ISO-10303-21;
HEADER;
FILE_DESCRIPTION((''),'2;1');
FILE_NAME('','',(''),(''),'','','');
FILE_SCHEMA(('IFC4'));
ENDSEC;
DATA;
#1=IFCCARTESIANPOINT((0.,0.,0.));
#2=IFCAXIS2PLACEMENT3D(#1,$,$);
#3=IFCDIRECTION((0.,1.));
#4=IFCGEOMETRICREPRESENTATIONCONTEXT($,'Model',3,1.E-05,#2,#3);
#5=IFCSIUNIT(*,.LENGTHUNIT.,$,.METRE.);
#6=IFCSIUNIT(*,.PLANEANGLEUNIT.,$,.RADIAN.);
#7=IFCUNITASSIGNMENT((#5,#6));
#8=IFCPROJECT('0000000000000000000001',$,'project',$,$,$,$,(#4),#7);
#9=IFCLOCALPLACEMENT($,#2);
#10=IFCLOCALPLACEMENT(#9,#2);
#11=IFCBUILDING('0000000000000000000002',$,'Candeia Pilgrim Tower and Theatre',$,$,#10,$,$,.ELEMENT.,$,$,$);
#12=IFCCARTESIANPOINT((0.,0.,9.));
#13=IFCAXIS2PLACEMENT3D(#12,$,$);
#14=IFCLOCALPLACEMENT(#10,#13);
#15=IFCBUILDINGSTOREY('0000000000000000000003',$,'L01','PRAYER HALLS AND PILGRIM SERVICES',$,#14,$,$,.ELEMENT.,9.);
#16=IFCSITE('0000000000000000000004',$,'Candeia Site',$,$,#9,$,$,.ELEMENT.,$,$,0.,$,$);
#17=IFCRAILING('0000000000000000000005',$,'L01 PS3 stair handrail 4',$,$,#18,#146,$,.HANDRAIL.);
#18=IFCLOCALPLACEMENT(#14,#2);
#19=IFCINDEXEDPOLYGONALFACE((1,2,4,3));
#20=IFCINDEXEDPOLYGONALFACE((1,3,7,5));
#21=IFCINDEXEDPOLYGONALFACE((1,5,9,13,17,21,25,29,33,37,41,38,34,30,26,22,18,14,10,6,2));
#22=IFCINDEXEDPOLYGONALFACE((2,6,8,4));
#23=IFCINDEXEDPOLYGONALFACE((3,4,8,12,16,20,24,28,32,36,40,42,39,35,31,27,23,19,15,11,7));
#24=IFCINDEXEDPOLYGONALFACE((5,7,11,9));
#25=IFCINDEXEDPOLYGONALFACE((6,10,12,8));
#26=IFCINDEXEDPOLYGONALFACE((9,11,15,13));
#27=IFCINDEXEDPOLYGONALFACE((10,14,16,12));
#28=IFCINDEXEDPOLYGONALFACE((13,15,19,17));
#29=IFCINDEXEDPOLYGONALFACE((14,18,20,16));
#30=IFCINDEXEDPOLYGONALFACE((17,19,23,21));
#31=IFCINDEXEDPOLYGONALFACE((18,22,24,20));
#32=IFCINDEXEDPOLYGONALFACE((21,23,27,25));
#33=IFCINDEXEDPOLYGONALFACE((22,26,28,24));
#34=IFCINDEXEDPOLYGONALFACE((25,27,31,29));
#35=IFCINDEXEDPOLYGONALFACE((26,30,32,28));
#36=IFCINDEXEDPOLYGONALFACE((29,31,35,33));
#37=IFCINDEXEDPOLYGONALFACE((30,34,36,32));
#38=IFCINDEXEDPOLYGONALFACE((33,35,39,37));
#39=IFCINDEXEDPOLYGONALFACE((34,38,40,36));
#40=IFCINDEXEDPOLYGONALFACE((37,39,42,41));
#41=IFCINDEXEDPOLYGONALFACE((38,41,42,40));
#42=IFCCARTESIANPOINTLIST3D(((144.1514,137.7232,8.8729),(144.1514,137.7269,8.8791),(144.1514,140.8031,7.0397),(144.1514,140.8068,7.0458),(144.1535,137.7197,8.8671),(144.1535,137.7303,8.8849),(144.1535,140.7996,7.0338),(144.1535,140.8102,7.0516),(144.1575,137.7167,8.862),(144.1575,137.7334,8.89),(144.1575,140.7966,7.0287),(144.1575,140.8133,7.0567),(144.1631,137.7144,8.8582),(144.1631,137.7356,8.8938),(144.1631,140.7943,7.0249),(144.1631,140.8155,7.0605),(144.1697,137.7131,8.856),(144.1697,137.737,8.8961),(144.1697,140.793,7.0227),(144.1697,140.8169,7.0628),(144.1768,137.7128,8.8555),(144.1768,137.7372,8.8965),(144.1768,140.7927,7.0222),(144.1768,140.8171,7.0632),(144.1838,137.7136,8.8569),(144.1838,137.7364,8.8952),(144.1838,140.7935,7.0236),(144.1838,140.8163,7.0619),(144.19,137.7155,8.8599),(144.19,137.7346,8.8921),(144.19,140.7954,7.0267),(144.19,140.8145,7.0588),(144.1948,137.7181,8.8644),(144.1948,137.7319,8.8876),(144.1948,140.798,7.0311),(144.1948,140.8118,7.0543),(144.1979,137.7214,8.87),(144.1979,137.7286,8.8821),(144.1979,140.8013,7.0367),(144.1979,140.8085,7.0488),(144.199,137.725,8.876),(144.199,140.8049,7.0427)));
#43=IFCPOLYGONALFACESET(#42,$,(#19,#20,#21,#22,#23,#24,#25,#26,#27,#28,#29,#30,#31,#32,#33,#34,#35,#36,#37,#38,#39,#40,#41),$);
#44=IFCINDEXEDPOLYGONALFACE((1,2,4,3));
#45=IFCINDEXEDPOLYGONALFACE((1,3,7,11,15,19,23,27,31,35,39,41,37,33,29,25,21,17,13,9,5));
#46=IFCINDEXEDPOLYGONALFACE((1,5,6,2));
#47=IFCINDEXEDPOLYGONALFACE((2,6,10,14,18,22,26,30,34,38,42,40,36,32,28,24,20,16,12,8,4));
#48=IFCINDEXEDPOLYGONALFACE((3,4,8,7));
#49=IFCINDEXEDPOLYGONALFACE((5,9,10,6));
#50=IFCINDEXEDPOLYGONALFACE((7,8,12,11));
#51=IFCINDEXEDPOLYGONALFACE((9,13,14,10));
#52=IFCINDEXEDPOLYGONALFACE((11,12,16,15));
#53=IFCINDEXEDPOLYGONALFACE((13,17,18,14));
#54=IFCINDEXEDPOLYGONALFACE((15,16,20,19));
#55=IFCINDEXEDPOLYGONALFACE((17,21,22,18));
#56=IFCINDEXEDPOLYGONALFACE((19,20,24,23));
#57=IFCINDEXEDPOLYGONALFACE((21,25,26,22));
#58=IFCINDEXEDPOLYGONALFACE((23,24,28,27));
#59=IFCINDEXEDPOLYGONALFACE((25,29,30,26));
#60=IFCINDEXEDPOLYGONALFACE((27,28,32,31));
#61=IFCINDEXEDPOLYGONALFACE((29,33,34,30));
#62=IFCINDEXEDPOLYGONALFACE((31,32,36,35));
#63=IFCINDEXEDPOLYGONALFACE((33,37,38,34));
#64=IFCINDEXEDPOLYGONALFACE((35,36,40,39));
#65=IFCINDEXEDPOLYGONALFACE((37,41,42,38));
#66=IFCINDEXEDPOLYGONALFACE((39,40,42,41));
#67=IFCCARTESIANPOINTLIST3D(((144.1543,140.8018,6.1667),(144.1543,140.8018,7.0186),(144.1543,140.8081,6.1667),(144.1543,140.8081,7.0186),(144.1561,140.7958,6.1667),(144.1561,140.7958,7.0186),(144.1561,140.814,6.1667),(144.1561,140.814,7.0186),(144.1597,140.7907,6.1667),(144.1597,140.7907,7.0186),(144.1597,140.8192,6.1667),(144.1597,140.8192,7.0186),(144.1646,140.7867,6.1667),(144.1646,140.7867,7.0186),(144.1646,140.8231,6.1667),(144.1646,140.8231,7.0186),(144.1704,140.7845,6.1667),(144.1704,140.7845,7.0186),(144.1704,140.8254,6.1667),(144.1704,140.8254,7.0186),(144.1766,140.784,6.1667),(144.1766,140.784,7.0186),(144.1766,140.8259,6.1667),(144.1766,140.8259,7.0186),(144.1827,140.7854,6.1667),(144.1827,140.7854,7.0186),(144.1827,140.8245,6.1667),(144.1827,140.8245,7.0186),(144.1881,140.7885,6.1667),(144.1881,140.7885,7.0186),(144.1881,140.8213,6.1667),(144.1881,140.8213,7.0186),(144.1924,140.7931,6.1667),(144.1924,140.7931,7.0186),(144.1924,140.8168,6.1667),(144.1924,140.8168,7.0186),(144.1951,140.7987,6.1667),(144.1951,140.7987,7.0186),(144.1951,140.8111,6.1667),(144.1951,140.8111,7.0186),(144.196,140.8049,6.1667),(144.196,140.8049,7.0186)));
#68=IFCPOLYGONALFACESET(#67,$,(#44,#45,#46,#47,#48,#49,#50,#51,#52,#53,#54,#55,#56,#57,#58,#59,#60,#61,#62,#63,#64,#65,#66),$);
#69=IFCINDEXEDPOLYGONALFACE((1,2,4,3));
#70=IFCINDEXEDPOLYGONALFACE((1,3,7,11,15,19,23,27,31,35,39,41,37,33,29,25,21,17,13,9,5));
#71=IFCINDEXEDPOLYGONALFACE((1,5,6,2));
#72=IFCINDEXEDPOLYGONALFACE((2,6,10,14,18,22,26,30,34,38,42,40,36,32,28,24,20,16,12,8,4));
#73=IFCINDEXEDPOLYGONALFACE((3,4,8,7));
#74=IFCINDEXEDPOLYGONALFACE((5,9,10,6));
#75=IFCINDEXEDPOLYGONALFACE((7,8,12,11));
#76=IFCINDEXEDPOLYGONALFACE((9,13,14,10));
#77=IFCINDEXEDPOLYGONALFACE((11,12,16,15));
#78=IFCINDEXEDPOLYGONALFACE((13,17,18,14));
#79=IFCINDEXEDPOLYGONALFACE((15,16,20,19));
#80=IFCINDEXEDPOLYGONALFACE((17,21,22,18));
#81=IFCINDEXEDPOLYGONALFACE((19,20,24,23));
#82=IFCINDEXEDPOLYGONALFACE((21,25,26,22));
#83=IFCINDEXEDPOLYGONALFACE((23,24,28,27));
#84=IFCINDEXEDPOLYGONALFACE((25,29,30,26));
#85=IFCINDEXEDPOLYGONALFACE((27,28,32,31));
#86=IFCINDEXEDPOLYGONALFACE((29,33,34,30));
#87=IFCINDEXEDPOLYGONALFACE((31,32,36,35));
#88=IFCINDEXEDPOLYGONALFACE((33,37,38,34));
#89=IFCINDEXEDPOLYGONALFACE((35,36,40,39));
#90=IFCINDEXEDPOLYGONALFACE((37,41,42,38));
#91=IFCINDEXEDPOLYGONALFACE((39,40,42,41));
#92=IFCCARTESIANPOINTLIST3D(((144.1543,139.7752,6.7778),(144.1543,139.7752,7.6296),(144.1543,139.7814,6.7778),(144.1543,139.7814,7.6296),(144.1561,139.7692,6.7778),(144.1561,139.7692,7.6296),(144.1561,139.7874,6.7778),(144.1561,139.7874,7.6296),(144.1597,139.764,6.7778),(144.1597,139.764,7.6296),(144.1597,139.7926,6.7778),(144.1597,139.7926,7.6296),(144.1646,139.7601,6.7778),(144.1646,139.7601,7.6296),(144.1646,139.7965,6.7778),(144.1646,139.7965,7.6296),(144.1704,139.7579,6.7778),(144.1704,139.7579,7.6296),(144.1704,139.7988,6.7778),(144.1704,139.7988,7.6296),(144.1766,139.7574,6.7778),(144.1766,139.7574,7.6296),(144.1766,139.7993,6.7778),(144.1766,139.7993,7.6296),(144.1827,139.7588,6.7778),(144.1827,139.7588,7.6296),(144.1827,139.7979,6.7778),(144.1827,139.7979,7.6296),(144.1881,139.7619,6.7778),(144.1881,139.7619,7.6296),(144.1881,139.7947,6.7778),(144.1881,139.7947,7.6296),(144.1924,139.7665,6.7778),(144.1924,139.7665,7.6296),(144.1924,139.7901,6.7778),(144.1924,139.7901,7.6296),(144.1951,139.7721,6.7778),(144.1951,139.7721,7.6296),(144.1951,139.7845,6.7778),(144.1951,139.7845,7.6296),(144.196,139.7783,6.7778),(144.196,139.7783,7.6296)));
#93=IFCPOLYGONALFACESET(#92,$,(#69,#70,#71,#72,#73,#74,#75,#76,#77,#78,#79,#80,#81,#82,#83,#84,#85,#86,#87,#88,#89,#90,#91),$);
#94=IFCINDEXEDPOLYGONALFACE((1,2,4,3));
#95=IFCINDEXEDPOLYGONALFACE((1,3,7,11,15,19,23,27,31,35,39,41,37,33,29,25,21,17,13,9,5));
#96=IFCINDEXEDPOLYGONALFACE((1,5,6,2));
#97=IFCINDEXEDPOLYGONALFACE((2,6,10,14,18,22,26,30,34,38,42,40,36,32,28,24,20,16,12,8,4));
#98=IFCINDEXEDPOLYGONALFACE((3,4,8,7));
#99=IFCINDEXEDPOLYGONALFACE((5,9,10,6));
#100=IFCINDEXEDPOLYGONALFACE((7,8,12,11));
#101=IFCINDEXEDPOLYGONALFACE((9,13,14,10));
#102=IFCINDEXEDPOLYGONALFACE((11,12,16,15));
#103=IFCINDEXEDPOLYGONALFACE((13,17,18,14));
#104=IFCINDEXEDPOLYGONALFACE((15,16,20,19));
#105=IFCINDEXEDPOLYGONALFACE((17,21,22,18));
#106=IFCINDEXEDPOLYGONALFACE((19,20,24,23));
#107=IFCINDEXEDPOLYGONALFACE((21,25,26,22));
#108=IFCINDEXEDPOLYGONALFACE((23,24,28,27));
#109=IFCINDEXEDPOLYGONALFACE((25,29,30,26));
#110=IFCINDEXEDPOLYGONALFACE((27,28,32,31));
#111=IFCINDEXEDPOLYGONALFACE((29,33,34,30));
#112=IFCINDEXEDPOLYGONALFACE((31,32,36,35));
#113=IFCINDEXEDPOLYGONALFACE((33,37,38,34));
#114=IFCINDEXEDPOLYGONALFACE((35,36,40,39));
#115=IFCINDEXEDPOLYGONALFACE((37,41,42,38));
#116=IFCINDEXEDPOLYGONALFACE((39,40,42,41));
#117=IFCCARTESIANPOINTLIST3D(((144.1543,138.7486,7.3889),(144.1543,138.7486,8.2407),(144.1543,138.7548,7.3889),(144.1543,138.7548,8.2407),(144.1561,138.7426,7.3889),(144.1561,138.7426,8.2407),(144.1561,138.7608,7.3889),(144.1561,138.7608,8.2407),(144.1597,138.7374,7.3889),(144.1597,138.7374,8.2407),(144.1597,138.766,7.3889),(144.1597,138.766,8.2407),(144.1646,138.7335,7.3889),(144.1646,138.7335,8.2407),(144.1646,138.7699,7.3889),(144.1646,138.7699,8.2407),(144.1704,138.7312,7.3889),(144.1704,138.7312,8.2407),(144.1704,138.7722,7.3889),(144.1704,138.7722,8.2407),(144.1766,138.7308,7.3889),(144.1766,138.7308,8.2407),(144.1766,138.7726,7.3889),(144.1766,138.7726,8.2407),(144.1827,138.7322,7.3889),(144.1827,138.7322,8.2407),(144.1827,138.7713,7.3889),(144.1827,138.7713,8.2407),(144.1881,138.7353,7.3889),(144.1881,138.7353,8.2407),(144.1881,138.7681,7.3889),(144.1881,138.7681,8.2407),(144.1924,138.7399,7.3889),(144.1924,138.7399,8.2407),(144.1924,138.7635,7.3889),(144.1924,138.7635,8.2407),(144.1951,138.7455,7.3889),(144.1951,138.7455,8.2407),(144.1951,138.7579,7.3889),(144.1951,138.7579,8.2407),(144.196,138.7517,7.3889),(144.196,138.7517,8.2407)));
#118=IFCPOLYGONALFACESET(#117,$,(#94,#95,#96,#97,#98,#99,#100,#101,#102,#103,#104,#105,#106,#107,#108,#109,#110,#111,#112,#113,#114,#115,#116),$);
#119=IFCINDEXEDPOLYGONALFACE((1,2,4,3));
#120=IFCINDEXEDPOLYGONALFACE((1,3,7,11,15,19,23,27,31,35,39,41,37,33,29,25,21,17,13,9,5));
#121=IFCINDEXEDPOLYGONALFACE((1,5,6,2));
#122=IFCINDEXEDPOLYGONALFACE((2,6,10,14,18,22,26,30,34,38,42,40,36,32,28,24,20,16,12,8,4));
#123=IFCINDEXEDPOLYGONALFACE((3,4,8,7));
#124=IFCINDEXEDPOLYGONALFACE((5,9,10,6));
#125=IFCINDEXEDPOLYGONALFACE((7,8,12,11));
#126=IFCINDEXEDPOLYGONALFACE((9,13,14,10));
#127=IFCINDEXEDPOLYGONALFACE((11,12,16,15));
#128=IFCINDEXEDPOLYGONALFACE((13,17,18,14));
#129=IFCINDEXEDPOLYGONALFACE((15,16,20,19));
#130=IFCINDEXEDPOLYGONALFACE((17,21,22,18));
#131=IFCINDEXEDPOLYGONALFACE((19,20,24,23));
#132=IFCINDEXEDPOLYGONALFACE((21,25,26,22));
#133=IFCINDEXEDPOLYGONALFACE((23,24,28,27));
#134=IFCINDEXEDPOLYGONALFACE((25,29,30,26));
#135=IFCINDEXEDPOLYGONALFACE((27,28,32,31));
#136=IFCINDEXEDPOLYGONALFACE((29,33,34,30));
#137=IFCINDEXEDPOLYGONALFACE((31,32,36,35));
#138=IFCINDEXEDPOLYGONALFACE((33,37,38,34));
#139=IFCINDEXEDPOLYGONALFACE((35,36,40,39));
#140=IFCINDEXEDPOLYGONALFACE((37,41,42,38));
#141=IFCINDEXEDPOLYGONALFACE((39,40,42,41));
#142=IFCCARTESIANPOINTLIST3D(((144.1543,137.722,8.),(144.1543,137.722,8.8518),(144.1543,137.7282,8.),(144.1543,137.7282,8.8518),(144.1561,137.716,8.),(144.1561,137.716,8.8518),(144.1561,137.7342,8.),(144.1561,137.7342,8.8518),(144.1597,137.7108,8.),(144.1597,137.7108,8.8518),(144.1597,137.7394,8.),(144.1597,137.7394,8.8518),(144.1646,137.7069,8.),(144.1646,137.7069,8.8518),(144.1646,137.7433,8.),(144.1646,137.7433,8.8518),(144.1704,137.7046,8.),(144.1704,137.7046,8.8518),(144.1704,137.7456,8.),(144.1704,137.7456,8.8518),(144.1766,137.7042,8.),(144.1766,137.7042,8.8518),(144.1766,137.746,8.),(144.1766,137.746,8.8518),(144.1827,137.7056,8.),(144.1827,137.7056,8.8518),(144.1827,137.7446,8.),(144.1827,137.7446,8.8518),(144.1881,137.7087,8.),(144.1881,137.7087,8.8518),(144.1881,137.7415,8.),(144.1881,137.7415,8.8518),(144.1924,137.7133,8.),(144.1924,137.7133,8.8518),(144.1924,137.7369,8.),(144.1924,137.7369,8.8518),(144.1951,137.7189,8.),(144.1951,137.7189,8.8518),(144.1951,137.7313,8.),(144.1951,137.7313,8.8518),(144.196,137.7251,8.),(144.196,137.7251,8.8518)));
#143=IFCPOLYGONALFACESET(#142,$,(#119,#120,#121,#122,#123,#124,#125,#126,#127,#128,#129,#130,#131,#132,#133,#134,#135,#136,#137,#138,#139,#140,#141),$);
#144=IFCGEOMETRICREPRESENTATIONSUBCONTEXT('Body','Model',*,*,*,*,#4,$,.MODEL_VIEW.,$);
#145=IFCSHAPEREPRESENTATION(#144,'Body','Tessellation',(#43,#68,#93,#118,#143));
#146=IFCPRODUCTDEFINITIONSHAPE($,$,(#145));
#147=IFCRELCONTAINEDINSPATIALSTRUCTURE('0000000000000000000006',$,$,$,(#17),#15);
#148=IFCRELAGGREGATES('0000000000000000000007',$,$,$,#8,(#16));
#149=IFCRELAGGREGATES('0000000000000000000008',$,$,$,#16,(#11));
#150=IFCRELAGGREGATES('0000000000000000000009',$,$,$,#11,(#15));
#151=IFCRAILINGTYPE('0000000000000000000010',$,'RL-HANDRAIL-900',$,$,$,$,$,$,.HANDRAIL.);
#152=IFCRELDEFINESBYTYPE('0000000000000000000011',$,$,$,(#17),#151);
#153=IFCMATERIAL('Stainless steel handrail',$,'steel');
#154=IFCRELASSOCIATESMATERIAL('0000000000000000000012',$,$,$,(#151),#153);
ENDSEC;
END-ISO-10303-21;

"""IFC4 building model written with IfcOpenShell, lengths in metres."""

from ifc_helpers import new_model, si_unit, direction, frame, origin, origin_2d, place, context, subcontext, project, spatial, circle, extrude, material, type_object, element, save


model = new_model("IFC4")

# Units and contexts
model_context = context("Model", 3, precision=1e-05, world=origin(), true_north=direction((0.0, 1.0)))
body_context = subcontext(model_context, "Body", "Model", "MODEL_VIEW")
ifc_project = project(units=[si_unit("LENGTHUNIT", "METRE"), si_unit("PLANEANGLEUNIT", "RADIAN")], contexts=[model_context])

# Site, building, storey
site_placement = place(None, origin())
site = spatial("IfcSite", under=ifc_project, at=site_placement, Name="Candeia Site", CompositionType="ELEMENT", RefElevation=0.0)
building_placement = place(site_placement, origin())
building = spatial("IfcBuilding", under=site, at=building_placement, Name="Candeia Pilgrim Tower and Theatre", CompositionType="ELEMENT")
storey_placement = place(building_placement, frame((0.0, 0.0, 9.0)))
storey = spatial("IfcBuildingStorey", under=building, at=storey_placement, Name="L01", Description="PRAYER HALLS AND PILGRIM SERVICES", CompositionType="ELEMENT", Elevation=9.0)

# Railing
ifc_material_1 = material(Name="Stainless steel handrail", Category="steel")
railing_type_1 = type_object("IfcRailingType", Name="RL-HANDRAIL-900", PredefinedType="HANDRAIL", material=ifc_material_1)
for number, where, name in (
    (1, (144.175, 140.8049, 6.1667), "L01 PS3 stair handrail 4"),
):
    element("IfcRailing", number, at=place(storey_placement, frame(where)), inside=storey, type_object=railing_type_1, Name=name, PredefinedType="HANDRAIL", context=body_context, shape_type="SweptSolid", body=[
        extrude(circle(Radius=0.0239, at=origin_2d()), frame((0.0, 0.0, 0.876), z_axis=(0.0, -0.859291, 0.511487), x_axis=(1.0, 0.0, 0.0)), (0.0, 0.0, 1.0), 3.5842),
        extrude(circle(Radius=0.021, at=origin_2d()), origin(), (0.0, 0.0, 1.0), 0.8518),
        extrude(circle(Radius=0.021, at=origin_2d()), frame((0.0, -1.0266, 0.6111)), (0.0, 0.0, 1.0), 0.8518),
        extrude(circle(Radius=0.021, at=origin_2d()), frame((0.0, -2.0532, 1.2222)), (0.0, 0.0, 1.0), 0.8518),
        extrude(circle(Radius=0.021, at=origin_2d()), frame((0.0, -3.0798, 1.8333)), (0.0, 0.0, 1.0), 0.8518),
    ])

save(model, "model.ifc")
